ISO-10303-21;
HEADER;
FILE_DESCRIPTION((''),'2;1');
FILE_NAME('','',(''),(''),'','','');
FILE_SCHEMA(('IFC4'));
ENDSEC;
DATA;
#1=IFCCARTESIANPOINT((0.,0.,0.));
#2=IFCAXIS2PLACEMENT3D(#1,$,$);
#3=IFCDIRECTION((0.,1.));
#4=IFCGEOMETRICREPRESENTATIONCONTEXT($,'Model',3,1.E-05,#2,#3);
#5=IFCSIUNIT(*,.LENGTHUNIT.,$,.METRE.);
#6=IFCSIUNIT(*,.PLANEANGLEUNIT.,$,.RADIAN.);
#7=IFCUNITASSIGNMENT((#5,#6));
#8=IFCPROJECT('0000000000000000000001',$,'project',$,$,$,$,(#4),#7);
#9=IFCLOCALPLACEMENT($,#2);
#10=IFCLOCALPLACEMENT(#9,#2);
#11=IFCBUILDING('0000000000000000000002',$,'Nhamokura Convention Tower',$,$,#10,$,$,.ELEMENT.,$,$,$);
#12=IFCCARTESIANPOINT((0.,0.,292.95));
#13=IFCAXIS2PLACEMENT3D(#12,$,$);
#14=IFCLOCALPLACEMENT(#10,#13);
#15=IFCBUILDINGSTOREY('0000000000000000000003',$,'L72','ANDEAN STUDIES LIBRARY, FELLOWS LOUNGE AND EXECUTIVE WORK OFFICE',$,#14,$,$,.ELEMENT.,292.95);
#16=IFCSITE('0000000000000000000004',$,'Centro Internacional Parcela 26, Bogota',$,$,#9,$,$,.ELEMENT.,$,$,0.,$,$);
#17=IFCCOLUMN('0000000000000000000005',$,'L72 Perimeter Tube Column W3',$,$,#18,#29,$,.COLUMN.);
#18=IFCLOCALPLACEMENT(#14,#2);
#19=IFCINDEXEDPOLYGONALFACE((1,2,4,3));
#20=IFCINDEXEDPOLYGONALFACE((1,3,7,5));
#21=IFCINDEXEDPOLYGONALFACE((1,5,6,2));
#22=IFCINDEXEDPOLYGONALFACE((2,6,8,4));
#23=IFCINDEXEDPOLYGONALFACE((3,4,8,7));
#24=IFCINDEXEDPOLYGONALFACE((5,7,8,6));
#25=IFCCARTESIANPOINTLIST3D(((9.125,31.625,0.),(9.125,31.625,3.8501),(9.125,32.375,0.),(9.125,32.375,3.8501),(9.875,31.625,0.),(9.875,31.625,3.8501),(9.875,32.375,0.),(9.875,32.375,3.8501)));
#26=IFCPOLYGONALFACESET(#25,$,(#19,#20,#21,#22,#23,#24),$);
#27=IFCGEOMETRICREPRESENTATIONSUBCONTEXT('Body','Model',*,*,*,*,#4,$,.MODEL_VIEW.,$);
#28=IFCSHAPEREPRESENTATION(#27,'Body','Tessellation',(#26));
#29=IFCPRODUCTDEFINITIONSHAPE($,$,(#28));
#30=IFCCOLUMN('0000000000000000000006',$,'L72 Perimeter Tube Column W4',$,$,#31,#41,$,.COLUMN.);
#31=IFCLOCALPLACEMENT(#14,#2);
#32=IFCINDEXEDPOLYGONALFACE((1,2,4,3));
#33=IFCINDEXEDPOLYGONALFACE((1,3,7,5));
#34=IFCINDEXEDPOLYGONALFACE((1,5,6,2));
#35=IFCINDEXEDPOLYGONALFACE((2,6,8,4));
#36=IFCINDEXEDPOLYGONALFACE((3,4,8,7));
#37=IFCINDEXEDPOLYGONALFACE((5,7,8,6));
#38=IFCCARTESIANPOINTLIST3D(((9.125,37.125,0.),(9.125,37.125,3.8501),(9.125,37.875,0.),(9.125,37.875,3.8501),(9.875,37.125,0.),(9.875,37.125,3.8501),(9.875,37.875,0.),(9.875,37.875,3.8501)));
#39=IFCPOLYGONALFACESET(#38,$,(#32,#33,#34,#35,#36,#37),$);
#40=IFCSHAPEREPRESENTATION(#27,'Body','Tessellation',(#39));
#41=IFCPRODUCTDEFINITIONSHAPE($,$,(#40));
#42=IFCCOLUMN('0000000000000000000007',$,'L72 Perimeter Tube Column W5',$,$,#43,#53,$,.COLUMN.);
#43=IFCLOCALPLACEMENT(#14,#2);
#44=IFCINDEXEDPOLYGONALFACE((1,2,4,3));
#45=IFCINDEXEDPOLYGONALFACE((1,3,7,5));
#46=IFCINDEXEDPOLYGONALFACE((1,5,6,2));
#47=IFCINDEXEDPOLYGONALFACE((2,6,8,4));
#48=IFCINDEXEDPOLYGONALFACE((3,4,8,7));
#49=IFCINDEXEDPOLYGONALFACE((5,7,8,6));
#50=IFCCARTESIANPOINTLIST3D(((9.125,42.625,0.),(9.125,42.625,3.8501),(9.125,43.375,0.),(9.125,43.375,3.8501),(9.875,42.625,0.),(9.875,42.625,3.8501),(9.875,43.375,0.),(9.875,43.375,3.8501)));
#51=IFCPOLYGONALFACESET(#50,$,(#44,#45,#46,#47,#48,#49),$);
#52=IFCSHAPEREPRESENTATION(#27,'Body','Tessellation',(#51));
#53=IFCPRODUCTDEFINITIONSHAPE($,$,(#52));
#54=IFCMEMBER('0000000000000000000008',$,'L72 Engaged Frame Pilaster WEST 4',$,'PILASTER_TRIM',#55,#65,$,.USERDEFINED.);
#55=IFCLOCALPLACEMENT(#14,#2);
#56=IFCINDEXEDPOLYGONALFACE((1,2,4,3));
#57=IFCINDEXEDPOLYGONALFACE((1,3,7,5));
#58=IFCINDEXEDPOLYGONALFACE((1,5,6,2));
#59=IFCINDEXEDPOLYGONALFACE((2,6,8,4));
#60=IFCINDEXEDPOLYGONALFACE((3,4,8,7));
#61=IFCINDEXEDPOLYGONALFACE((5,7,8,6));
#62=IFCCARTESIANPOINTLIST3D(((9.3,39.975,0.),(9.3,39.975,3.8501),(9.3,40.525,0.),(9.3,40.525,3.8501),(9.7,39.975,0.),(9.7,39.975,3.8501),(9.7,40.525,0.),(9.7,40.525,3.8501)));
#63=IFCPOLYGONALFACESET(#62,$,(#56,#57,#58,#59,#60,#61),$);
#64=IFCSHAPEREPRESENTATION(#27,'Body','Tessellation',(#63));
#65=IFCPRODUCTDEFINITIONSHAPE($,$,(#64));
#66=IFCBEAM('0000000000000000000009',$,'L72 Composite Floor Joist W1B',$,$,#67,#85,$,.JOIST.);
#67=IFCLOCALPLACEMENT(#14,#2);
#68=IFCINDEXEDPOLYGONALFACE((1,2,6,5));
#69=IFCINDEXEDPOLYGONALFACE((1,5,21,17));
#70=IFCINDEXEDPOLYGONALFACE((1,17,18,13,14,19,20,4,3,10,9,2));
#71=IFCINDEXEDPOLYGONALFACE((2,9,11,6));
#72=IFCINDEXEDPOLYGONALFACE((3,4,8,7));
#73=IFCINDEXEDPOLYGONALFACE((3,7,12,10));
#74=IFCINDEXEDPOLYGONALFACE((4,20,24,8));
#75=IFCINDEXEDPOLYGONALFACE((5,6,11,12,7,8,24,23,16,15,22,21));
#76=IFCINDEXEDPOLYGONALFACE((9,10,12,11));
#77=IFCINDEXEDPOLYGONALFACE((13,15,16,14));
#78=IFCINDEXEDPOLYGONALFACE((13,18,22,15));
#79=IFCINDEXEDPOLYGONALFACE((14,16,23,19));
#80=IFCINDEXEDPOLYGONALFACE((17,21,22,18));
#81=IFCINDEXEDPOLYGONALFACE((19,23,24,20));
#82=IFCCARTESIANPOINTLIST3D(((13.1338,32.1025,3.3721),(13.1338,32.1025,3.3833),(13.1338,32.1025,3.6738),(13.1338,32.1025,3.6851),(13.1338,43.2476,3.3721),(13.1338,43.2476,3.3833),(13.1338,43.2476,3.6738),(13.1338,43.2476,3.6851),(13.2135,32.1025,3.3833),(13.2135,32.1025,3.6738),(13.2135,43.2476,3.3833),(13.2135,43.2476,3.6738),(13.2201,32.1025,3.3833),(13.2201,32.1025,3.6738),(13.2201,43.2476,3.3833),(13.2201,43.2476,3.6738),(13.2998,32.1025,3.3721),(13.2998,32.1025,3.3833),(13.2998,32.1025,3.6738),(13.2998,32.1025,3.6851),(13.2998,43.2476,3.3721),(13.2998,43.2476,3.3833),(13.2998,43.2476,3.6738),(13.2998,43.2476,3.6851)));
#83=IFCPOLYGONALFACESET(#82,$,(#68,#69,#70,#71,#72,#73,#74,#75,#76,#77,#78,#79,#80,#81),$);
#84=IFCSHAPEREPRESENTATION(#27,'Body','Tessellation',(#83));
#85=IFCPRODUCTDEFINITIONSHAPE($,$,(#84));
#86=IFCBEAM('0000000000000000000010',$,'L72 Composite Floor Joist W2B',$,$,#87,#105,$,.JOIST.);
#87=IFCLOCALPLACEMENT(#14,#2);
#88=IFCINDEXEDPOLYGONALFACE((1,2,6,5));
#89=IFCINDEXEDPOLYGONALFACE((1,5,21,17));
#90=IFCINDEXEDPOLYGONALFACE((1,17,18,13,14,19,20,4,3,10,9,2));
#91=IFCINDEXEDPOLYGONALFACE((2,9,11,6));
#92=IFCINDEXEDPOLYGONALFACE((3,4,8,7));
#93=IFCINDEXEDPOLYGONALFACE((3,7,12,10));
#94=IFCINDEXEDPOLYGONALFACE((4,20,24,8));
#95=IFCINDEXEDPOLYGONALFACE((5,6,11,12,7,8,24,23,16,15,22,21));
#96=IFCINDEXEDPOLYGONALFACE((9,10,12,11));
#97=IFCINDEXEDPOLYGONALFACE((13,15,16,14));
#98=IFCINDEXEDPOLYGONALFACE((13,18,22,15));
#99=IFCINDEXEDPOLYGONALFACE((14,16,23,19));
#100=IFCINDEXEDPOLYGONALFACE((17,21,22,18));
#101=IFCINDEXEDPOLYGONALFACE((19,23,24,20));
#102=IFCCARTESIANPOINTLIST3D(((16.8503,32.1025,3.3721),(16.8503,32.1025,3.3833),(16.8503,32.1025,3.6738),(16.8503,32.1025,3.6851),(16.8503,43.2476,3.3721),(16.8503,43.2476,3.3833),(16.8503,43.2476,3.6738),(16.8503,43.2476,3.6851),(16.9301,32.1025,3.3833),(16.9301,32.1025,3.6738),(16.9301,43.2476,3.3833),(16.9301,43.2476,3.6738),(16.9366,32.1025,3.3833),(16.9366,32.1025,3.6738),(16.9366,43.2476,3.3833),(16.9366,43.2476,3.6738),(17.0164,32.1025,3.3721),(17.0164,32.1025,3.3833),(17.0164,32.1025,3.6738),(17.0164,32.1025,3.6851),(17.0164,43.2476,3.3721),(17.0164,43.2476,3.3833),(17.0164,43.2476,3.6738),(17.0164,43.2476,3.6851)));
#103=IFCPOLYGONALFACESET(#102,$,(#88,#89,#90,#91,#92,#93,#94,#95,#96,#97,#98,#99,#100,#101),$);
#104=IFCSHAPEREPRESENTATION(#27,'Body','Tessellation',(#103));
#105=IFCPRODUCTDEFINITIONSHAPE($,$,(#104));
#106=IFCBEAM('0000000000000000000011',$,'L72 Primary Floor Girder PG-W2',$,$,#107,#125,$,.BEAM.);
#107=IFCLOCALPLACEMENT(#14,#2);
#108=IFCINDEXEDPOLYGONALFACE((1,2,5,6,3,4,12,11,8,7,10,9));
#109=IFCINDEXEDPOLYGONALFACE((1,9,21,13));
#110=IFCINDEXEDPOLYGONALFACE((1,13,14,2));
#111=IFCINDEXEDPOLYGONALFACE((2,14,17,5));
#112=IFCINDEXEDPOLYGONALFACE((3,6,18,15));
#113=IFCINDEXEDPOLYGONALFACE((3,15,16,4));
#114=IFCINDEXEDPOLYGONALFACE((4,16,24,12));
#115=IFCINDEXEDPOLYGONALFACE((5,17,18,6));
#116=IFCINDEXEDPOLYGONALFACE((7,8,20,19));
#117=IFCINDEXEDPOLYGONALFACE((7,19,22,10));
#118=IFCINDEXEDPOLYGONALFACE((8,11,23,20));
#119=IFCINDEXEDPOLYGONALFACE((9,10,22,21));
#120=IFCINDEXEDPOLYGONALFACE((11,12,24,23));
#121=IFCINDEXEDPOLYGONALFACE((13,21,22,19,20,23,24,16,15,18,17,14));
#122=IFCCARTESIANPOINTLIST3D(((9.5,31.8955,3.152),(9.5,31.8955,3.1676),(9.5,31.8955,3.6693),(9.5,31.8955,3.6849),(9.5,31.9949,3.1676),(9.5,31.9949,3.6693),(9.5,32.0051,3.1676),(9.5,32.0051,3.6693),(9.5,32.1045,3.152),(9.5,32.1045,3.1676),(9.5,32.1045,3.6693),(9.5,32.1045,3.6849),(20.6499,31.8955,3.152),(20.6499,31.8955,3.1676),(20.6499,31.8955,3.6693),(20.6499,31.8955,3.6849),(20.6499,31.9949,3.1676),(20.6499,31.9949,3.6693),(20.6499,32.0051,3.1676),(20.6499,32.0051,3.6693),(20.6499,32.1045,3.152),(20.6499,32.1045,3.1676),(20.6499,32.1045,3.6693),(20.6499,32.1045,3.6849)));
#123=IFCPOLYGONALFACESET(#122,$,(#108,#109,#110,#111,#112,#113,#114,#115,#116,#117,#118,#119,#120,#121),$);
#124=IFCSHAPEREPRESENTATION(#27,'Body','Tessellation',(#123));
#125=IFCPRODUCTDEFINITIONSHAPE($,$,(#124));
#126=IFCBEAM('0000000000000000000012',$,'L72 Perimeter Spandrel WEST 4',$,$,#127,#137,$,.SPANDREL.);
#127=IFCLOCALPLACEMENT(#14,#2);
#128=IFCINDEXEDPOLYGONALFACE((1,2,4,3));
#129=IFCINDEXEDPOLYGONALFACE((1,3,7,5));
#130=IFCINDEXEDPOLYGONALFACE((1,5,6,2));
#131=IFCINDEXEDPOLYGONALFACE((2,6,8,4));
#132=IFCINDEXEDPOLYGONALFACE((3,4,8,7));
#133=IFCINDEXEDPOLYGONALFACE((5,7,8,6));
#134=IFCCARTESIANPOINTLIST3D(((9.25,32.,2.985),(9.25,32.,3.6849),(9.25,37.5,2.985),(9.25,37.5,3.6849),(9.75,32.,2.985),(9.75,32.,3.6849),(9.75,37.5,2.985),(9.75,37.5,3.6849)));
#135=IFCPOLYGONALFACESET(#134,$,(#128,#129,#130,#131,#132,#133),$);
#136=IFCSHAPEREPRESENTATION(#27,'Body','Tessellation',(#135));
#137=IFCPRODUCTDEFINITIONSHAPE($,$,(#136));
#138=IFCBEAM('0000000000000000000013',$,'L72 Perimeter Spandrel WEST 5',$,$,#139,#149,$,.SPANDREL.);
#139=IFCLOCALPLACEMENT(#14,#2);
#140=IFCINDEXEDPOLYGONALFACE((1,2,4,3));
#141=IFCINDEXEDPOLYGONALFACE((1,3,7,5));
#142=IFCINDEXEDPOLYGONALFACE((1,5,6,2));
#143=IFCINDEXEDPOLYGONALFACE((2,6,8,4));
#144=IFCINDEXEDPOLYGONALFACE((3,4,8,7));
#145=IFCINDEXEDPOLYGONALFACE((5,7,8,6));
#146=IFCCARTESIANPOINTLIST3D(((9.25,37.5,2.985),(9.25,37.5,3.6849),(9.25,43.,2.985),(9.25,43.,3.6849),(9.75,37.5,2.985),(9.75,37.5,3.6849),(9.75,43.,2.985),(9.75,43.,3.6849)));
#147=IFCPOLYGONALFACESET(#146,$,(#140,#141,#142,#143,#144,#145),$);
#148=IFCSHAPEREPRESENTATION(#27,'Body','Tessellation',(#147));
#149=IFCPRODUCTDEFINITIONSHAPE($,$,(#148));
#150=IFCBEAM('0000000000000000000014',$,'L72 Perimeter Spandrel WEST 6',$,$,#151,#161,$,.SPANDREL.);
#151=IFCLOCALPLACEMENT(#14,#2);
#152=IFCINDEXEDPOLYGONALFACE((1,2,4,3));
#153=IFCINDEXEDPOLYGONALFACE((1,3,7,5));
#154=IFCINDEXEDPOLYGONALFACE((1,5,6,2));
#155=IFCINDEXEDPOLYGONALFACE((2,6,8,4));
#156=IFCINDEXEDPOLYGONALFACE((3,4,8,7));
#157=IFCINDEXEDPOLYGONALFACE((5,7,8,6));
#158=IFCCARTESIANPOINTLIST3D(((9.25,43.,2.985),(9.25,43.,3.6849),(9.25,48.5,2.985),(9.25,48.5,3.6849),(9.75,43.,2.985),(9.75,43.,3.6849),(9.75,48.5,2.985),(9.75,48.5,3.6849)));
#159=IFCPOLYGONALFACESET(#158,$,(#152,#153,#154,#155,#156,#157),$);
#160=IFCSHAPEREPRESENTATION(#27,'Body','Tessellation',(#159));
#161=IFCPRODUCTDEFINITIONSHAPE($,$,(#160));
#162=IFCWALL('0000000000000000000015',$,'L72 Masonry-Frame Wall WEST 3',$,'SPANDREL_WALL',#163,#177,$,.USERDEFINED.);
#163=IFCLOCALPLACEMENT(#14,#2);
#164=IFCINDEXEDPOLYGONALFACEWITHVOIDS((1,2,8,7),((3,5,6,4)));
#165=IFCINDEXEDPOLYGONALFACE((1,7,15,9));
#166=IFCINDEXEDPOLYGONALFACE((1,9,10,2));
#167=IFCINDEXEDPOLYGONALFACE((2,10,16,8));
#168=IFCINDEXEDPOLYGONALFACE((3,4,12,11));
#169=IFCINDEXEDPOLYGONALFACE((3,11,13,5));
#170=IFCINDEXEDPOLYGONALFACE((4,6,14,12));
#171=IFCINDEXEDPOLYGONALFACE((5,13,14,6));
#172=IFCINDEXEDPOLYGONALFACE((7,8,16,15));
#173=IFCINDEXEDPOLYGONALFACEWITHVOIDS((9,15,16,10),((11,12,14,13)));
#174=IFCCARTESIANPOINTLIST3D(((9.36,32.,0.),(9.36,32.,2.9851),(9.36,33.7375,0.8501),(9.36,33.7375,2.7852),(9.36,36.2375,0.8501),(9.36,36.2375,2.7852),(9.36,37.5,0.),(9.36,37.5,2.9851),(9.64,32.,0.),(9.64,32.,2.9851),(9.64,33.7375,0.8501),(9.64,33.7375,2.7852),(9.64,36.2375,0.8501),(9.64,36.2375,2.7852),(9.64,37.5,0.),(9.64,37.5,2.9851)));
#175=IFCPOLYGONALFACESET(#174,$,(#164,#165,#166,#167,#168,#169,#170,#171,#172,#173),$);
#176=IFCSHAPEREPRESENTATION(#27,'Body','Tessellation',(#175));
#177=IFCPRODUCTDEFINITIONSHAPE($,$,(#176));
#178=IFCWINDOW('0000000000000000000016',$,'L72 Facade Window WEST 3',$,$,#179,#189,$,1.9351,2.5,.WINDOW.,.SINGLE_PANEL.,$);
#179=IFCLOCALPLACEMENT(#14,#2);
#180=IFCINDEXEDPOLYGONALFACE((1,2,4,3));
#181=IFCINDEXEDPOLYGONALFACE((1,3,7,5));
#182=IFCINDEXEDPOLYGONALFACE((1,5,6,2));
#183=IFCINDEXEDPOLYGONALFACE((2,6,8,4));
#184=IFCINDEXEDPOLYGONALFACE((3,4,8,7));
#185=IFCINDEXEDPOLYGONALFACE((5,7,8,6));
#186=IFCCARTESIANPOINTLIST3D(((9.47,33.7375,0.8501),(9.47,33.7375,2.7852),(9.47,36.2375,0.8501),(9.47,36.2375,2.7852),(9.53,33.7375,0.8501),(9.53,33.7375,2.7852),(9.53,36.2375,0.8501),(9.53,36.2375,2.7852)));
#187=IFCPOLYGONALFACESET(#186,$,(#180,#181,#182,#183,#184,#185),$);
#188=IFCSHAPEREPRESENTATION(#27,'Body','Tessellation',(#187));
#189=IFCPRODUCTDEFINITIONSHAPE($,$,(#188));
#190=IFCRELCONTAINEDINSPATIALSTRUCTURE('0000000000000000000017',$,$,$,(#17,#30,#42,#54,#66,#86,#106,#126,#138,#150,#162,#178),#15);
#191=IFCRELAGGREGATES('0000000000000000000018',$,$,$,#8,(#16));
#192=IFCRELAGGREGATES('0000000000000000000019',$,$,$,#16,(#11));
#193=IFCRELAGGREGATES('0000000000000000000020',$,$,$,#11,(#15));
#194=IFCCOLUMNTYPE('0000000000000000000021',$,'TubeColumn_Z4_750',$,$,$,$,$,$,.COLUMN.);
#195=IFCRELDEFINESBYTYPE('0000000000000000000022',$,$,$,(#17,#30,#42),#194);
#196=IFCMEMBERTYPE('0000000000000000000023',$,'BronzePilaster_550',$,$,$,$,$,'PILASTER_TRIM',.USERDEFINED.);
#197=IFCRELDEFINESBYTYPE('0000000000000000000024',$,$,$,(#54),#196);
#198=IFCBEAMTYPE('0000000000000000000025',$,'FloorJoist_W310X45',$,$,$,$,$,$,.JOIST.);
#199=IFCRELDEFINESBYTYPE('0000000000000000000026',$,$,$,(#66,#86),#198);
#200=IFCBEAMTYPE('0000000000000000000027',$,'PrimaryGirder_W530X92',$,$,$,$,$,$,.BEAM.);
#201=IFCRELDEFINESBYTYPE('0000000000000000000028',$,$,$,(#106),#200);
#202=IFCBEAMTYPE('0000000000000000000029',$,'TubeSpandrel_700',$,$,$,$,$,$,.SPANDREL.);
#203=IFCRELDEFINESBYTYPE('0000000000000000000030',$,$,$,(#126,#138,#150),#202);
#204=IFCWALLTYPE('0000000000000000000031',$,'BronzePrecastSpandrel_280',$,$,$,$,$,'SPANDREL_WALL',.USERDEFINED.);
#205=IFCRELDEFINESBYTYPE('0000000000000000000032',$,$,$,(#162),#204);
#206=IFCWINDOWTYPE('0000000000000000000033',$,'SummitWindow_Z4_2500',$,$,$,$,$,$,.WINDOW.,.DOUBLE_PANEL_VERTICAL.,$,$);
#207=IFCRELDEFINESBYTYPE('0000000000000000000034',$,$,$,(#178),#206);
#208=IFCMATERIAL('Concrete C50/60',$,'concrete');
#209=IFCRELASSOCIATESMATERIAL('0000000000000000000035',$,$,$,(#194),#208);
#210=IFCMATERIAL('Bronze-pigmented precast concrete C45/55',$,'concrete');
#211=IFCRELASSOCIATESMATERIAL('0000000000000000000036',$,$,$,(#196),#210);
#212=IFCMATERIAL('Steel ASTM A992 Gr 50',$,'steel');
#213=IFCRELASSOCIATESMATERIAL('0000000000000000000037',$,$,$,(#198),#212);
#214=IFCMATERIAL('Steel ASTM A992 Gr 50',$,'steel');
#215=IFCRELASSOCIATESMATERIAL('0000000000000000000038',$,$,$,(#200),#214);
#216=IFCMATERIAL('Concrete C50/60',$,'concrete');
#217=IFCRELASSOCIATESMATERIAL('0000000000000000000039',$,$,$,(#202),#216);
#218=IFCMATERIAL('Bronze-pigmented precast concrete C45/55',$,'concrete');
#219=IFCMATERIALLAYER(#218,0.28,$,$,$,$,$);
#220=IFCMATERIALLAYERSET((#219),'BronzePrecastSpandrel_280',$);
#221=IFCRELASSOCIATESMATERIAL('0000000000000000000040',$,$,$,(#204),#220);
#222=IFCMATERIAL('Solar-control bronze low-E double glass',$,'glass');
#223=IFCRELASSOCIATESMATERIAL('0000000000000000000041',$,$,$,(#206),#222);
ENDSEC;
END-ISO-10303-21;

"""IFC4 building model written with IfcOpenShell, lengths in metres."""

from ifc_helpers import new_model, si_unit, direction, frame, frame_2d, origin, origin_2d, place, context, subcontext, project, spatial, rectangle, i_section, extrude, material, layer, layer_set, material_profile, profile_set, type_object, element, fill, save


model = new_model("IFC4")

# Units and contexts
model_context = context("Model", 3, precision=1e-05, world=origin(), true_north=direction((0.0, 1.0)))
body_context = subcontext(model_context, "Body", "Model", "MODEL_VIEW")
ifc_project = project(units=[si_unit("LENGTHUNIT", "METRE"), si_unit("PLANEANGLEUNIT", "RADIAN")], contexts=[model_context])

# Site, building, storey
site_placement = place(None, origin())
site = spatial("IfcSite", under=ifc_project, at=site_placement, Name="Centro Internacional Parcela 26, Bogota", CompositionType="ELEMENT", RefElevation=0.0)
building_placement = place(site_placement, origin())
building = spatial("IfcBuilding", under=site, at=building_placement, Name="Nhamokura Convention Tower", CompositionType="ELEMENT")
storey_placement = place(building_placement, frame((0.0, 0.0, 292.95)))
storey = spatial("IfcBuildingStorey", under=building, at=storey_placement, Name="L72", Description="ANDEAN STUDIES LIBRARY, FELLOWS LOUNGE AND EXECUTIVE WORK OFFICE", CompositionType="ELEMENT", Elevation=292.95)

# Columns
ifc_material_1 = material(Name="Concrete C50/60", Category="concrete")
ifc_material_profile_1 = material_profile(ifc_material_1, rectangle(XDim=0.75, YDim=0.75, at=origin_2d()))
ifc_profile_set_1 = profile_set([ifc_material_profile_1], Name="Concrete C50/60")
column_type = type_object("IfcColumnType", Name="TubeColumn_Z4_750", PredefinedType="COLUMN", material=ifc_profile_set_1)
for number, where, z_axis, x_axis, name in (
    (1, (9.5, 32.0, 0.0), (0.0, 0.0, 1.0), (1.0, 0.0, 0.0), "L72 Perimeter Tube Column W3"),
    (2, (9.5, 37.5, 0.0), (0.0, 0.0, 1.0), (1.0, 0.0, 0.0), "L72 Perimeter Tube Column W4"),
    (3, (9.5, 43.0, 0.0), (0.0, 0.0, 1.0), (1.0, 0.0, 0.0), "L72 Perimeter Tube Column W5"),
):
    element("IfcColumn", number, at=place(storey_placement, frame(where, z_axis=z_axis, x_axis=x_axis)), inside=storey, type_object=column_type, Name=name, PredefinedType="COLUMN", context=body_context, shape_type="SweptSolid", body=[
        extrude(rectangle(XDim=0.75, YDim=0.75, at=origin_2d()), origin(), (0.0, 0.0, 1.0), 3.8501),
    ])

# Member
ifc_material_2 = material(Name="Bronze-pigmented precast concrete C45/55", Category="concrete")
ifc_material_profile_2 = material_profile(ifc_material_2, rectangle(XDim=0.3999, YDim=0.55, at=origin_2d()))
ifc_profile_set_2 = profile_set([ifc_material_profile_2], Name="Bronze-pigmented precast concrete C45/55")
member_type = type_object("IfcMemberType", Name="BronzePilaster_550", ElementType="PILASTER_TRIM", PredefinedType="USERDEFINED", material=ifc_profile_set_2)
member_placement = place(storey_placement, frame((9.5, 40.25, 0.0), z_axis=(0.0, 0.0, 1.0), x_axis=(1.0, 0.0, 0.0)))
element("IfcMember", 4, at=member_placement, inside=storey, type_object=member_type, Name="L72 Engaged Frame Pilaster WEST 4", ObjectType="PILASTER_TRIM", PredefinedType="USERDEFINED", context=body_context, shape_type="SweptSolid", body=[
    extrude(rectangle(XDim=0.3999, YDim=0.55, at=origin_2d()), origin(), (0.0, 0.0, 1.0), 3.8501),
])

# Beams
ifc_material_3 = material(Name="Steel ASTM A992 Gr 50", Category="steel")
ifc_material_profile_3 = material_profile(ifc_material_3, i_section(OverallWidth=0.166, OverallDepth=0.313, WebThickness=0.0066, FlangeThickness=0.0112, at=origin_2d()))
ifc_profile_set_3 = profile_set([ifc_material_profile_3], Name="Steel ASTM A992 Gr 50")
beam_type_1 = type_object("IfcBeamType", Name="FloorJoist_W310X45", PredefinedType="JOIST", material=ifc_profile_set_3)
for number, where, z_axis, x_axis, name in (
    (5, (13.2168, 32.1025, 3.5286), (0.0, 1.0, 0.0), (-1.0, 0.0, 0.0), "L72 Composite Floor Joist W1B"),
    (6, (16.9333, 32.1025, 3.5286), (0.0, 1.0, 0.0), (-1.0, 0.0, 0.0), "L72 Composite Floor Joist W2B"),
):
    element("IfcBeam", number, at=place(storey_placement, frame(where, z_axis=z_axis, x_axis=x_axis)), inside=storey, type_object=beam_type_1, Name=name, PredefinedType="JOIST", context=body_context, shape_type="SweptSolid", body=[
        extrude(i_section(OverallWidth=0.166, OverallDepth=0.313, WebThickness=0.0066, FlangeThickness=0.0112, at=origin_2d()), origin(), (0.0, 0.0, 1.0), 11.145),
    ])
ifc_material_4 = material(Name="Steel ASTM A992 Gr 50", Category="steel")
ifc_material_profile_4 = material_profile(ifc_material_4, i_section(OverallWidth=0.209, OverallDepth=0.533, WebThickness=0.0103, FlangeThickness=0.0156, at=origin_2d()))
ifc_profile_set_4 = profile_set([ifc_material_profile_4], Name="Steel ASTM A992 Gr 50")
beam_type_2 = type_object("IfcBeamType", Name="PrimaryGirder_W530X92", PredefinedType="BEAM", material=ifc_profile_set_4)
beam_placement = place(storey_placement, frame((9.5, 32.0, 3.4185), z_axis=(1.0, 0.0, 0.0), x_axis=(0.0, 1.0, 0.0)))
element("IfcBeam", 7, at=beam_placement, inside=storey, type_object=beam_type_2, Name="L72 Primary Floor Girder PG-W2", PredefinedType="BEAM", context=body_context, shape_type="SweptSolid", body=[
    extrude(i_section(OverallWidth=0.209, OverallDepth=0.533, WebThickness=0.0103, FlangeThickness=0.0156, at=origin_2d()), origin(), (0.0, 0.0, 1.0), 11.1499),
])
ifc_material_5 = material(Name="Concrete C50/60", Category="concrete")
ifc_material_profile_5 = material_profile(ifc_material_5, rectangle(XDim=0.5, YDim=0.7, at=origin_2d()))
ifc_profile_set_5 = profile_set([ifc_material_profile_5], Name="Concrete C50/60")
beam_type_3 = type_object("IfcBeamType", Name="TubeSpandrel_700", PredefinedType="SPANDREL", material=ifc_profile_set_5)
for number, where, z_axis, x_axis, name in (
    (8, (9.5, 32.0, 3.335), (0.0, 1.0, 0.0), (-1.0, 0.0, 0.0), "L72 Perimeter Spandrel WEST 4"),
    (9, (9.5, 37.5, 3.335), (0.0, 1.0, 0.0), (-1.0, 0.0, 0.0), "L72 Perimeter Spandrel WEST 5"),
    (10, (9.5, 43.0, 3.335), (0.0, 1.0, 0.0), (-1.0, 0.0, 0.0), "L72 Perimeter Spandrel WEST 6"),
):
    element("IfcBeam", number, at=place(storey_placement, frame(where, z_axis=z_axis, x_axis=x_axis)), inside=storey, type_object=beam_type_3, Name=name, PredefinedType="SPANDREL", context=body_context, shape_type="SweptSolid", body=[
        extrude(rectangle(XDim=0.5, YDim=0.7, at=origin_2d()), origin(), (0.0, 0.0, 1.0), 5.5),
    ])

# Wall, opening, window
ifc_material_6 = material(Name="Bronze-pigmented precast concrete C45/55", Category="concrete")
ifc_layer_1 = layer(ifc_material_6, 0.28)
ifc_layer_set_1 = layer_set([ifc_layer_1], Name="BronzePrecastSpandrel_280")
wall_type_1 = type_object("IfcWallType", Name="BronzePrecastSpandrel_280", ElementType="SPANDREL_WALL", PredefinedType="USERDEFINED", material=ifc_layer_set_1)
wall_1_placement = place(storey_placement, frame((9.5, 32.0, 0.0), z_axis=(0.0, 0.0, 1.0), x_axis=(0.0, 1.0, 0.0)))
wall_1 = element("IfcWall", 11, at=wall_1_placement, inside=storey, type_object=wall_type_1, Name="L72 Masonry-Frame Wall WEST 3", ObjectType="SPANDREL_WALL", PredefinedType="USERDEFINED", context=body_context, shape_type="SweptSolid", body=[
    extrude(rectangle(XDim=5.5, YDim=0.28, at=frame_2d((2.75, 0.0))), origin(), (0.0, 0.0, 1.0), 2.9851),
])
opening_1_placement = place(wall_1_placement, frame((1.7375, 0.0, 0.8501)))
opening_1 = element("IfcOpeningElement", 12, at=opening_1_placement, cuts=wall_1, PredefinedType="OPENING", context=body_context, shape_type="SweptSolid", body=[
    extrude(rectangle(XDim=2.5, YDim=1.9351, at=frame_2d((1.25, 0.9675))), frame((0.0, 0.1499, 0.0), z_axis=(0.0, -1.0, 0.0), x_axis=(1.0, 0.0, 0.0)), (0.0, 0.0, 1.0), 0.3),
])
ifc_material_7 = material(Name="Solar-control bronze low-E double glass", Category="glass")
window_type_1 = type_object("IfcWindowType", Name="SummitWindow_Z4_2500", PartitioningType="DOUBLE_PANEL_VERTICAL", PredefinedType="WINDOW", material=ifc_material_7)
window_1_placement = place(opening_1_placement, origin())
window_1 = element("IfcWindow", 13, at=window_1_placement, inside=storey, type_object=window_type_1, Name="L72 Facade Window WEST 3", OverallHeight=1.9351, OverallWidth=2.5, PartitioningType="SINGLE_PANEL", PredefinedType="WINDOW", context=body_context, shape_type="SweptSolid", body=[
    extrude(rectangle(XDim=2.5, YDim=1.9351, at=frame_2d((1.25, 0.9675))), frame((0.0, 0.03, 0.0), z_axis=(0.0, -1.0, 0.0), x_axis=(1.0, 0.0, 0.0)), (0.0, 0.0, 1.0), 0.0601),
])
fill(opening_1, window_1)

save(model, "model.ifc")
